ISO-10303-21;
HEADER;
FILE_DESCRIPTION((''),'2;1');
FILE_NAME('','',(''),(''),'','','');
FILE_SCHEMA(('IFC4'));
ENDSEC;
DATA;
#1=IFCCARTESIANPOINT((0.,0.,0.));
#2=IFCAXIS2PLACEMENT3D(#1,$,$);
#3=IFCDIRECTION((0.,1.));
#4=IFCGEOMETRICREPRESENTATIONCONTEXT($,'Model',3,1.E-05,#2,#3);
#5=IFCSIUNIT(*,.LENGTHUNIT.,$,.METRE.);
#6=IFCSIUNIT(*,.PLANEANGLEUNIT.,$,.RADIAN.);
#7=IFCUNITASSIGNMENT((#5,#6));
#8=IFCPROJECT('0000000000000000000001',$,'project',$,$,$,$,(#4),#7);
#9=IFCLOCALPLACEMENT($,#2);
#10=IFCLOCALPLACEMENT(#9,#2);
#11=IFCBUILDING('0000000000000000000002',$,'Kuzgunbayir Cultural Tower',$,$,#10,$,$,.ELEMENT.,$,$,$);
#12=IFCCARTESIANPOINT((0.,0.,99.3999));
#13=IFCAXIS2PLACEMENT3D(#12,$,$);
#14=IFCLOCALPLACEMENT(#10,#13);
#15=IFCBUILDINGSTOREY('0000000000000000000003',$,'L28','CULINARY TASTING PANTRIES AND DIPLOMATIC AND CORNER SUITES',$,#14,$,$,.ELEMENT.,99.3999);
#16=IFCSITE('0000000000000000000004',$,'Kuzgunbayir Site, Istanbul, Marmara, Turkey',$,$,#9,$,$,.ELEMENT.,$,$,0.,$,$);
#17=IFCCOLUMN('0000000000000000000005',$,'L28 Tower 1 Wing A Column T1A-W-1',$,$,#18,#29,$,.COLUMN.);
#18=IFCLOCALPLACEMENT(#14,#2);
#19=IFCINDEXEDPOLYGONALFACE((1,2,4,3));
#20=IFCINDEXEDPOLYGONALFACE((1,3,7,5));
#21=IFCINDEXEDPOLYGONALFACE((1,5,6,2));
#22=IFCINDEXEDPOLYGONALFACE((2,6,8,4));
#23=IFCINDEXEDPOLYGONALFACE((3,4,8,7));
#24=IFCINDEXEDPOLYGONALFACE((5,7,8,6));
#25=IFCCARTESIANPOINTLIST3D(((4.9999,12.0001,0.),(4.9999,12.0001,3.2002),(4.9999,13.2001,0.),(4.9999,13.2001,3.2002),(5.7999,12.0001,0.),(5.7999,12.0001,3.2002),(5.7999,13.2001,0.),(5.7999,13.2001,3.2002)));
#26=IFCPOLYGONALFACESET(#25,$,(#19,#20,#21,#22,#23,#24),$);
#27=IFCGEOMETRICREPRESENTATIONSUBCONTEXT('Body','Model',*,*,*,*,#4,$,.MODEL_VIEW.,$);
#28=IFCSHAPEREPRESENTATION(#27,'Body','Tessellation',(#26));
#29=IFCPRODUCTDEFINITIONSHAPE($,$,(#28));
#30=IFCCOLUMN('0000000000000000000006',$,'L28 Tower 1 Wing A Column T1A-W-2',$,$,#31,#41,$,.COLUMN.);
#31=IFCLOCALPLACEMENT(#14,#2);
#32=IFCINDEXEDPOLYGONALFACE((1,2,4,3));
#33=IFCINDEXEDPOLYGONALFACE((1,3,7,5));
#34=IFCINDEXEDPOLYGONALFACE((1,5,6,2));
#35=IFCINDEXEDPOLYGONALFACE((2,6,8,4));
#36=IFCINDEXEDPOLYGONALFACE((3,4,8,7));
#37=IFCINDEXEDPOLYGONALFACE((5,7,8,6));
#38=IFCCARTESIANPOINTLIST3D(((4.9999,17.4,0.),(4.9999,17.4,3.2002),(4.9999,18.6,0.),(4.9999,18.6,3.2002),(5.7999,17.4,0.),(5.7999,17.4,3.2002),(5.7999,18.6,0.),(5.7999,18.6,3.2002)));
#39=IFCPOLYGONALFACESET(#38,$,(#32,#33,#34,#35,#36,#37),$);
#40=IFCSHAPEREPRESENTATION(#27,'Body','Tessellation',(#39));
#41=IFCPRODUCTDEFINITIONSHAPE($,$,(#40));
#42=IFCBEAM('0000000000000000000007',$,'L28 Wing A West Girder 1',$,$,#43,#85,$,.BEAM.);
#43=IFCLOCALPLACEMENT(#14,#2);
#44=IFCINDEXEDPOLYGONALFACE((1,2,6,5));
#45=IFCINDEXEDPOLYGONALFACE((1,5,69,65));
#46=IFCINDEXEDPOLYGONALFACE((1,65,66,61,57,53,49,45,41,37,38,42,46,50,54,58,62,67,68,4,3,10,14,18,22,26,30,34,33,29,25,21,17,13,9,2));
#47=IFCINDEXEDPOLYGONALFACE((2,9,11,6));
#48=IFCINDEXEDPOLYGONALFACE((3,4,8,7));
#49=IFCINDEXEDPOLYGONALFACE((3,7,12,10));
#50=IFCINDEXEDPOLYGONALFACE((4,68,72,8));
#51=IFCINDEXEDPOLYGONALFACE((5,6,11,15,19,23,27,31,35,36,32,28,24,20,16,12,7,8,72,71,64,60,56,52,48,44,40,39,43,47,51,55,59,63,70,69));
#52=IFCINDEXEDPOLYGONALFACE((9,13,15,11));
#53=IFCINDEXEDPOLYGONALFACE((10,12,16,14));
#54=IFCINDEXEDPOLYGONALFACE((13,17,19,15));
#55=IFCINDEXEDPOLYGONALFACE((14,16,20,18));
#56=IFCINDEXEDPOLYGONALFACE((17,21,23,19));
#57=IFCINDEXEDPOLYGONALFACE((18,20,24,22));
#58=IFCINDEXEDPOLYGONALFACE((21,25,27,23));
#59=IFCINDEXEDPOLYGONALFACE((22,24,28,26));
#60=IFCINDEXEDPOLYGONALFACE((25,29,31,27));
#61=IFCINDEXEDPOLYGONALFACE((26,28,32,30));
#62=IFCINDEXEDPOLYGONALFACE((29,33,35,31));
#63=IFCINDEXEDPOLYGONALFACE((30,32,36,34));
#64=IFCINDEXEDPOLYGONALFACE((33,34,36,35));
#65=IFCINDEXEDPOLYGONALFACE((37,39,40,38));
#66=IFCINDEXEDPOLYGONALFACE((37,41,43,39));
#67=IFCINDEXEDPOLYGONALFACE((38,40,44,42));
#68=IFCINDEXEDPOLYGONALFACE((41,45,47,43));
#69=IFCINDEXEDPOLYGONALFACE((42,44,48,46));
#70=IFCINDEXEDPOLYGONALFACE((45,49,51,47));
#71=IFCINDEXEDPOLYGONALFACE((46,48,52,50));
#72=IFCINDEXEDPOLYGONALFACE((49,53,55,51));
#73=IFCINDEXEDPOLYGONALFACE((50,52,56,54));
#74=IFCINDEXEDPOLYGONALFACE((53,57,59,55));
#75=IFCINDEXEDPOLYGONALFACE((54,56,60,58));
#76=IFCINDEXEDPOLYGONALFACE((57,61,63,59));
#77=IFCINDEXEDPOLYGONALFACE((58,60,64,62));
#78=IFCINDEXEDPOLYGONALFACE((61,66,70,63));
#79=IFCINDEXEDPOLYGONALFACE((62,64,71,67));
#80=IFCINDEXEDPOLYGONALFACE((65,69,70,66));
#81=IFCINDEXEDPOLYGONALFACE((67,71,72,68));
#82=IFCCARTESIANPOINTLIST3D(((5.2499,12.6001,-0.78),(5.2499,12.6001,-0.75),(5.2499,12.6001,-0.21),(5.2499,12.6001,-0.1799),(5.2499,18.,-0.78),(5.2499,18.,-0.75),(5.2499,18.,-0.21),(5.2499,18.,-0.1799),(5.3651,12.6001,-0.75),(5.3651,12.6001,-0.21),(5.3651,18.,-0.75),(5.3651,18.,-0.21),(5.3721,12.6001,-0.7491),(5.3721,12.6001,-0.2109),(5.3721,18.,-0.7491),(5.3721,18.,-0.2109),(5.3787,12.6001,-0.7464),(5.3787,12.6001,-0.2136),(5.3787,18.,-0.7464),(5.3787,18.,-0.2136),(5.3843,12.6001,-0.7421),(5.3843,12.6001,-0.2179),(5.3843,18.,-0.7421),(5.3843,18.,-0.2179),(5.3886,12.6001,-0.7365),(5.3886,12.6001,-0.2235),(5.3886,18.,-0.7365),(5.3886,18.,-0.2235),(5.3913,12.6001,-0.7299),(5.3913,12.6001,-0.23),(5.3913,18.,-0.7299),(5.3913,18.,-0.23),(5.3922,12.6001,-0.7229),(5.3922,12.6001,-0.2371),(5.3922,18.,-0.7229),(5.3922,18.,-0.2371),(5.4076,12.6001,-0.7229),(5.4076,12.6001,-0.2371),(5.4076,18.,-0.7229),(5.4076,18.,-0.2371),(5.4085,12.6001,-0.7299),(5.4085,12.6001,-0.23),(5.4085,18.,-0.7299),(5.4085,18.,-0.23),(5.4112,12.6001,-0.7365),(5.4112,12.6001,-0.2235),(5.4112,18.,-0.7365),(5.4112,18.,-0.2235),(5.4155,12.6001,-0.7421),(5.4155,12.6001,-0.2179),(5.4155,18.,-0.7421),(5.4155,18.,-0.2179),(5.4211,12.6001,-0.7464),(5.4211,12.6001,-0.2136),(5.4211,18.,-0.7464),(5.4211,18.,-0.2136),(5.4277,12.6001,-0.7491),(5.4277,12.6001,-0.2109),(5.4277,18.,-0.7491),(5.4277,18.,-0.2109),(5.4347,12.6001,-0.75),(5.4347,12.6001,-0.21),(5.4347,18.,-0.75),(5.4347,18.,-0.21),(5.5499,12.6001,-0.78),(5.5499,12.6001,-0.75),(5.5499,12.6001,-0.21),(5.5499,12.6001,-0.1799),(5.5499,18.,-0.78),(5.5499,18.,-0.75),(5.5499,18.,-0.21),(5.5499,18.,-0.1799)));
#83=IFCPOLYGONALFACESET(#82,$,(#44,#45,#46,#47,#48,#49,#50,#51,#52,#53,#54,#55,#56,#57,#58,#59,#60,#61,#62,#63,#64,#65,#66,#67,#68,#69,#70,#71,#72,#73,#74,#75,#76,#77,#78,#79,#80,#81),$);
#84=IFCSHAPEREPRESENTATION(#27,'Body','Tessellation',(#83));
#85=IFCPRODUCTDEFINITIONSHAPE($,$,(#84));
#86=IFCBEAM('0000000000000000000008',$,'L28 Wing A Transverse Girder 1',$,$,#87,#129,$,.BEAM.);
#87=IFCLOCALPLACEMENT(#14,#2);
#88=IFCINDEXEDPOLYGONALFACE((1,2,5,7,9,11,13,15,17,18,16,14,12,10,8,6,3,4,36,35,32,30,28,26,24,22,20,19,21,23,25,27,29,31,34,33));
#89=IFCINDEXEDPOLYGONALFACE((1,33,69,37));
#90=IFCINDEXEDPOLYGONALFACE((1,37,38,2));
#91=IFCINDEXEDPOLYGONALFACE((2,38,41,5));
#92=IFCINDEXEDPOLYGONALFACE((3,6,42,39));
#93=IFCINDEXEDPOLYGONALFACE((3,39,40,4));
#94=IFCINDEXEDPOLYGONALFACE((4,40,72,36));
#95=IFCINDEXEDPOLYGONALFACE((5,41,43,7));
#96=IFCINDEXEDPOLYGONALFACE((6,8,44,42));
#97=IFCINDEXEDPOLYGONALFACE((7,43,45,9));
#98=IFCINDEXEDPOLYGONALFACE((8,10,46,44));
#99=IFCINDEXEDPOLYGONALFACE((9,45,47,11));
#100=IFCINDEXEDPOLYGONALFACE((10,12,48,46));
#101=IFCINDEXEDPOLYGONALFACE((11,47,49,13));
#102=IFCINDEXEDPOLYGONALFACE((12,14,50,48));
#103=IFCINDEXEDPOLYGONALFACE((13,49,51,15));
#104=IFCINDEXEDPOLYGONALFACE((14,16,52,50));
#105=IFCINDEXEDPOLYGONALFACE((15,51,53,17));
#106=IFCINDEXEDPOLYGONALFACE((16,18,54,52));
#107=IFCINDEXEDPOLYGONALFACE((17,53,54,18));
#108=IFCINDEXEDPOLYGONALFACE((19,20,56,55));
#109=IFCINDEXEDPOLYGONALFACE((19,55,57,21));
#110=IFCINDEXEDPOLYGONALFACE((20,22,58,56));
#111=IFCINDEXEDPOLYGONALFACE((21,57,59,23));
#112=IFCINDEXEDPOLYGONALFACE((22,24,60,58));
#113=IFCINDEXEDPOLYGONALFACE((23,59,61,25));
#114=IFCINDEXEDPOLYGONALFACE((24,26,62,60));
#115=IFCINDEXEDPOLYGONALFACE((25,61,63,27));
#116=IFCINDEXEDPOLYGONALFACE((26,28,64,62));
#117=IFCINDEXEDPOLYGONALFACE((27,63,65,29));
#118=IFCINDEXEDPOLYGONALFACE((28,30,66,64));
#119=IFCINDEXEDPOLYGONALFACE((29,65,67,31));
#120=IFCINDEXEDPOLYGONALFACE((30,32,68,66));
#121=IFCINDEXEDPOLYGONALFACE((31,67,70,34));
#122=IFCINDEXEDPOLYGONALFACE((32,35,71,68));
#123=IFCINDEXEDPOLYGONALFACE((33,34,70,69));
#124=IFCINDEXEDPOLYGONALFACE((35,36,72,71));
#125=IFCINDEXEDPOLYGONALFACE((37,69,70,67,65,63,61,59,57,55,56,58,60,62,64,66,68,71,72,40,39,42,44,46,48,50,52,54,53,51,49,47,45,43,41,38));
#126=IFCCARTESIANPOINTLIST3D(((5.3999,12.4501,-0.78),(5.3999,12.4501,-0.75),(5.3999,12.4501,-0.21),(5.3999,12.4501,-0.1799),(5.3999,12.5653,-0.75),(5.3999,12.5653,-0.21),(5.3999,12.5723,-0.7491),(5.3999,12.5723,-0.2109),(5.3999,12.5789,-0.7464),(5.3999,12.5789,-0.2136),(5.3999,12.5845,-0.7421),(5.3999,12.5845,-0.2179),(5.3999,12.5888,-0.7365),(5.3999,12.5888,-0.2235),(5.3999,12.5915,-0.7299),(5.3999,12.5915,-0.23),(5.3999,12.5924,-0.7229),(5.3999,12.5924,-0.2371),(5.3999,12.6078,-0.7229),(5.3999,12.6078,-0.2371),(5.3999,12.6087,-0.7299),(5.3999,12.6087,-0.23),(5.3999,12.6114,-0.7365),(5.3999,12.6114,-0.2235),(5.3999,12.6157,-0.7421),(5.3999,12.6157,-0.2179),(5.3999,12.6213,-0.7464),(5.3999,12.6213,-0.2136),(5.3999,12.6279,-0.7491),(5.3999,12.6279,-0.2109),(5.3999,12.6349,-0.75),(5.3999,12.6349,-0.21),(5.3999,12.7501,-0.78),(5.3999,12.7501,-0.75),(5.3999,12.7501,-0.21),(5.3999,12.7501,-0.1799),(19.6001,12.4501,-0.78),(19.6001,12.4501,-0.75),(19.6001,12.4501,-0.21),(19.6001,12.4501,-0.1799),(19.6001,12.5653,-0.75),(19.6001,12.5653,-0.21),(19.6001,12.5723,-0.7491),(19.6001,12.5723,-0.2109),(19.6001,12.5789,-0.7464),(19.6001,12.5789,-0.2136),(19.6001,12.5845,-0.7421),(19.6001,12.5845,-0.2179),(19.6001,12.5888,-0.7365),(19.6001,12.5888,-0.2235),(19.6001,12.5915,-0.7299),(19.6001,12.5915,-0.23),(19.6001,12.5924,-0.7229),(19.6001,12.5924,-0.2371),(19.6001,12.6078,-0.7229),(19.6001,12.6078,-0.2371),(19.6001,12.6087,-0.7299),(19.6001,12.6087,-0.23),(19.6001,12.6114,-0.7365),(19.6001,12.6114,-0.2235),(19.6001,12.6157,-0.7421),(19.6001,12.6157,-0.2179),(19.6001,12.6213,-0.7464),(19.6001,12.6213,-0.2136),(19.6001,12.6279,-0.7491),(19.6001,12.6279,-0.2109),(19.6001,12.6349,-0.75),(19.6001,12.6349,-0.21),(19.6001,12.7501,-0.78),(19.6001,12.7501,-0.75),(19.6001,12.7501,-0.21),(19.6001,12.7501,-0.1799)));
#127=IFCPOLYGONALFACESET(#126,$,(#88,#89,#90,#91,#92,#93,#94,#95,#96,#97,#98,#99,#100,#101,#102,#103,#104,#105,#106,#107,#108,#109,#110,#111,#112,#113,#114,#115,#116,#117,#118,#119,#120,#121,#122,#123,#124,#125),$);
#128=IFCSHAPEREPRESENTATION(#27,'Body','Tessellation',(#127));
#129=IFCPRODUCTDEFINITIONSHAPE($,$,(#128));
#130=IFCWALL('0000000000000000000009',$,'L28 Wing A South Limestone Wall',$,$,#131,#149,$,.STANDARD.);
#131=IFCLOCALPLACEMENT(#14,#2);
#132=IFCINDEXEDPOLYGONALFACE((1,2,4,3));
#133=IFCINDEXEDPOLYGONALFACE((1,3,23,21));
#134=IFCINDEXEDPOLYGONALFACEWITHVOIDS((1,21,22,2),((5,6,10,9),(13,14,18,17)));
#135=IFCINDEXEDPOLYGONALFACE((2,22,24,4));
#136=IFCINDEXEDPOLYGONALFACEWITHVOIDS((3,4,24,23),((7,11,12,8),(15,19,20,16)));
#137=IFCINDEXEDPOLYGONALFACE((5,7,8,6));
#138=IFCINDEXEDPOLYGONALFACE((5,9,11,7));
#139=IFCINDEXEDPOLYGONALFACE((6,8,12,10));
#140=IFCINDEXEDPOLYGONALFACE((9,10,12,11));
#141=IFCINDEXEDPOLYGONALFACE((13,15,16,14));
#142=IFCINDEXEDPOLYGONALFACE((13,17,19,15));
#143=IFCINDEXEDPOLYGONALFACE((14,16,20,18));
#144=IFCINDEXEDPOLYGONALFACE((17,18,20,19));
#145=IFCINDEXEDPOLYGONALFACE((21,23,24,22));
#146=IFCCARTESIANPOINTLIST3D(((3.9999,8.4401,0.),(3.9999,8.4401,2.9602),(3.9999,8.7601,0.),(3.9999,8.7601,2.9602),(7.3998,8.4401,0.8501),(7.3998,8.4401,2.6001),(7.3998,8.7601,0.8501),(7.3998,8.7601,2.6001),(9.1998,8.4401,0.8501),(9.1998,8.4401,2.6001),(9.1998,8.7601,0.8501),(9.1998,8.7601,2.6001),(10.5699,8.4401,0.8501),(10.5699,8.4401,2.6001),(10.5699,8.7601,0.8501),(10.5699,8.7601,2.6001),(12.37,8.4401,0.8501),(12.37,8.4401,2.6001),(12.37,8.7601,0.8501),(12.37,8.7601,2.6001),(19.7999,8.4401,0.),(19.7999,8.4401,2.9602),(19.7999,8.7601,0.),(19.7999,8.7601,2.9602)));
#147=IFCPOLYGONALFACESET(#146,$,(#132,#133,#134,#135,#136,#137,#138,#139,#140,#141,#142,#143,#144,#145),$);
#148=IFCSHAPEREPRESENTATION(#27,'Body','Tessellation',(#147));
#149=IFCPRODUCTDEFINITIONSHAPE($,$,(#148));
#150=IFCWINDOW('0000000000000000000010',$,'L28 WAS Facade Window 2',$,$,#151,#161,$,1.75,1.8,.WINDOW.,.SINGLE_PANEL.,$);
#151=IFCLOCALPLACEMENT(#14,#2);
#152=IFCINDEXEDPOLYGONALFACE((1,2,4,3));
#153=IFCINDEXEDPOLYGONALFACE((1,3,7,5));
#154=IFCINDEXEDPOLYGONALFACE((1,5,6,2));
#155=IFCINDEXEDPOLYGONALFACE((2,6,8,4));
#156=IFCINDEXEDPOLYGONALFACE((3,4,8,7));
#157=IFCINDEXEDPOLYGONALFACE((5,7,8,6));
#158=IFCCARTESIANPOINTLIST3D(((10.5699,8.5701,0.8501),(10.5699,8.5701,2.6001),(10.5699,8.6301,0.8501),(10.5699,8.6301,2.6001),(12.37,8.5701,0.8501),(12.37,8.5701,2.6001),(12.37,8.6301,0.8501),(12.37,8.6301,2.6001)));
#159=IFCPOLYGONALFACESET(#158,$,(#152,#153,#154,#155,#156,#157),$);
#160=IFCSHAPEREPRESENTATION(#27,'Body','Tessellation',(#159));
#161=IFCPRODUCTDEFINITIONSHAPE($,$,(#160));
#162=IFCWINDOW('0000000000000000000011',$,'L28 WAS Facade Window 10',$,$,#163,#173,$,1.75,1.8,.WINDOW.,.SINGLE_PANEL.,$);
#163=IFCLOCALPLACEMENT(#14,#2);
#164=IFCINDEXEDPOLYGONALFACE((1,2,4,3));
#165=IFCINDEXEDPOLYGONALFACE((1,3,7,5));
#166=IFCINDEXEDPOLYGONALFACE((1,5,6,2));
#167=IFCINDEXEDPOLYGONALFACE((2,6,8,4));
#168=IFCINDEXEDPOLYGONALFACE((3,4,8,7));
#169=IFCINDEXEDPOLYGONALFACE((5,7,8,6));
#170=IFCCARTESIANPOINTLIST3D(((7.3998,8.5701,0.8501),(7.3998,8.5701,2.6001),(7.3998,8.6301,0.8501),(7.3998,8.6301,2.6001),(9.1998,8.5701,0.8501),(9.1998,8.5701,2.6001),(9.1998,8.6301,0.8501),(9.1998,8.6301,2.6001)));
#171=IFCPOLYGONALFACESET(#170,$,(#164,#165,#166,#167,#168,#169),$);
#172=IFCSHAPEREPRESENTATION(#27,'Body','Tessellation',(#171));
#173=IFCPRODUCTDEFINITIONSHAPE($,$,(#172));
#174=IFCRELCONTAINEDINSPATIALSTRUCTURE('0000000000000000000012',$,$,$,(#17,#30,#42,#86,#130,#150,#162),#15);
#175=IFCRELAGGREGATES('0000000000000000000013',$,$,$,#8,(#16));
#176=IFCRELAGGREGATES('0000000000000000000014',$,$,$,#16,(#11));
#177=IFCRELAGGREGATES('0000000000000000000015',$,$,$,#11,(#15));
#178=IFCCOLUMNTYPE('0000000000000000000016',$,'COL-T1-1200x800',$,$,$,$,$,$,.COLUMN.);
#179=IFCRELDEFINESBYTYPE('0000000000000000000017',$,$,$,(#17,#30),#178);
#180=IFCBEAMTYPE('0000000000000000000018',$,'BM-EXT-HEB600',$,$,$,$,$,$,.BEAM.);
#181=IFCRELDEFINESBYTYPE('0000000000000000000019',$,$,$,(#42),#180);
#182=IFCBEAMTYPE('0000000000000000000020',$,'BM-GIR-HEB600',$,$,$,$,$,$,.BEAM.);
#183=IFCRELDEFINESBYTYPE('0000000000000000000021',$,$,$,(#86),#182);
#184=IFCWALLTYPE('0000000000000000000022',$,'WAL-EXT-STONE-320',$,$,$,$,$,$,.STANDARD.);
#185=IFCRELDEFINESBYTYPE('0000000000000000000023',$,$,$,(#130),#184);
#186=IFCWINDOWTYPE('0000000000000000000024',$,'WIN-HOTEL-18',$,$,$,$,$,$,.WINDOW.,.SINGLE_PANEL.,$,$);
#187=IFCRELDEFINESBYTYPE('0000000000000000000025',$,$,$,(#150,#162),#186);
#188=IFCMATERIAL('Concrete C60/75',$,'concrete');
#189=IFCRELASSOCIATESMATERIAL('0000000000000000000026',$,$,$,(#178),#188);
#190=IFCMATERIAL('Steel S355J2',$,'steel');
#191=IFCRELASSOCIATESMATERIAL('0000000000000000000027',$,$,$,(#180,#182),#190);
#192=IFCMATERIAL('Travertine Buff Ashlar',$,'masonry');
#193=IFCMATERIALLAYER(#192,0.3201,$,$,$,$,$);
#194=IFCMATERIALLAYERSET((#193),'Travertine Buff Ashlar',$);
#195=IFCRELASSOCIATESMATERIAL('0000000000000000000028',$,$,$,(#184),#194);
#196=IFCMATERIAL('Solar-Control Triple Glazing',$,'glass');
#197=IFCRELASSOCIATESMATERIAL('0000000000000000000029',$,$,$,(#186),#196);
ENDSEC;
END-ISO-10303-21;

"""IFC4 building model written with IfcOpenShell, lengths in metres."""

from ifc_helpers import new_model, si_unit, direction, frame, frame_2d, origin, origin_2d, place, context, subcontext, project, spatial, rectangle, i_section, extrude, material, layer, layer_set, material_profile, profile_set, type_object, element, fill, save


model = new_model("IFC4")

# Units and contexts
model_context = context("Model", 3, precision=1e-05, world=origin(), true_north=direction((0.0, 1.0)))
body_context = subcontext(model_context, "Body", "Model", "MODEL_VIEW")
ifc_project = project(units=[si_unit("LENGTHUNIT", "METRE"), si_unit("PLANEANGLEUNIT", "RADIAN")], contexts=[model_context])

# Site, building, storey
site_placement = place(None, origin())
site = spatial("IfcSite", under=ifc_project, at=site_placement, Name="Kuzgunbayir Site, Istanbul, Marmara, Turkey", CompositionType="ELEMENT", RefElevation=0.0)
building_placement = place(site_placement, origin())
building = spatial("IfcBuilding", under=site, at=building_placement, Name="Kuzgunbayir Cultural Tower", CompositionType="ELEMENT")
storey_placement = place(building_placement, frame((0.0, 0.0, 99.3999)))
storey = spatial("IfcBuildingStorey", under=building, at=storey_placement, Name="L28", Description="CULINARY TASTING PANTRIES AND DIPLOMATIC AND CORNER SUITES", CompositionType="ELEMENT", Elevation=99.3999)

# Columns
ifc_material_1 = material(Name="Concrete C60/75", Category="concrete")
ifc_material_profile_1 = material_profile(ifc_material_1, rectangle(XDim=0.8, YDim=1.2, at=origin_2d()), Name="RC 1200x800")
ifc_profile_set_1 = profile_set([ifc_material_profile_1], Name="Concrete C60/75")
column_type = type_object("IfcColumnType", Name="COL-T1-1200x800", PredefinedType="COLUMN", material=ifc_profile_set_1)
for number, where, z_axis, x_axis, name in (
    (1, (5.3999, 12.6001, 0.0), (0.0, 0.0, 1.0), (1.0, 0.0, 0.0), "L28 Tower 1 Wing A Column T1A-W-1"),
    (2, (5.3999, 18.0, 0.0), (0.0, 0.0, 1.0), (1.0, 0.0, 0.0), "L28 Tower 1 Wing A Column T1A-W-2"),
):
    element("IfcColumn", number, at=place(storey_placement, frame(where, z_axis=z_axis, x_axis=x_axis)), inside=storey, type_object=column_type, Name=name, PredefinedType="COLUMN", context=body_context, shape_type="SweptSolid", body=[
        extrude(rectangle(XDim=0.8, YDim=1.2, at=origin_2d()), origin(), (0.0, 0.0, 1.0), 3.2002),
    ])

# Beams
ifc_material_2 = material(Name="Steel S355J2", Category="steel")
ifc_material_profile_2 = material_profile(ifc_material_2, i_section(OverallWidth=0.3, OverallDepth=0.6001, WebThickness=0.0154, FlangeThickness=0.03, FilletRadius=0.0271, at=origin_2d()), Name="HEB 600")
ifc_profile_set_2 = profile_set([ifc_material_profile_2], Name="Steel S355J2")
beam_type_1 = type_object("IfcBeamType", Name="BM-EXT-HEB600", PredefinedType="BEAM", material=ifc_profile_set_2)
beam_1_placement = place(storey_placement, frame((5.3999, 12.6001, -0.48), z_axis=(0.0, 1.0, 0.0), x_axis=(-1.0, 0.0, 0.0)))
element("IfcBeam", 3, at=beam_1_placement, inside=storey, type_object=beam_type_1, Name="L28 Wing A West Girder 1", PredefinedType="BEAM", context=body_context, shape_type="SweptSolid", body=[
    extrude(i_section(OverallWidth=0.3, OverallDepth=0.6001, WebThickness=0.0154, FlangeThickness=0.03, FilletRadius=0.0271, at=origin_2d()), origin(), (0.0, 0.0, 1.0), 5.3999),
])
ifc_material_profile_3 = material_profile(ifc_material_2, i_section(OverallWidth=0.3, OverallDepth=0.6001, WebThickness=0.0154, FlangeThickness=0.03, FilletRadius=0.0271, at=origin_2d()), Name="HEB 600")
ifc_profile_set_3 = profile_set([ifc_material_profile_3], Name="Steel S355J2")
beam_type_2 = type_object("IfcBeamType", Name="BM-GIR-HEB600", PredefinedType="BEAM", material=ifc_profile_set_3)
beam_2_placement = place(storey_placement, frame((5.3999, 12.6001, -0.48), z_axis=(1.0, 0.0, 0.0), x_axis=(0.0, 1.0, 0.0)))
element("IfcBeam", 4, at=beam_2_placement, inside=storey, type_object=beam_type_2, Name="L28 Wing A Transverse Girder 1", PredefinedType="BEAM", context=body_context, shape_type="SweptSolid", body=[
    extrude(i_section(OverallWidth=0.3, OverallDepth=0.6001, WebThickness=0.0154, FlangeThickness=0.03, FilletRadius=0.0271, at=origin_2d()), origin(), (0.0, 0.0, 1.0), 14.2002),
])

# Wall, openings, windows
ifc_material_3 = material(Name="Travertine Buff Ashlar", Category="masonry")
ifc_layer_1 = layer(ifc_material_3, 0.3201)
ifc_layer_set_1 = layer_set([ifc_layer_1], Name="Travertine Buff Ashlar")
wall_type_1 = type_object("IfcWallType", Name="WAL-EXT-STONE-320", PredefinedType="STANDARD", material=ifc_layer_set_1)
wall_1_placement = place(storey_placement, frame((4.0, 8.6001, 0.0), z_axis=(0.0, 0.0, 1.0), x_axis=(1.0, 0.0, 0.0)))
wall_1 = element("IfcWall", 5, at=wall_1_placement, inside=storey, type_object=wall_type_1, Name="L28 Wing A South Limestone Wall", PredefinedType="STANDARD", context=body_context, shape_type="SweptSolid", body=[
    extrude(rectangle(XDim=15.8, YDim=0.3201, at=frame_2d((7.8999, 0.0))), origin(), (0.0, 0.0, 1.0), 2.9602),
])
opening_1_placement = place(wall_1_placement, frame((6.5701, 0.0, 0.8501)))
opening_1 = element("IfcOpeningElement", 6, at=opening_1_placement, cuts=wall_1, PredefinedType="OPENING", context=body_context, shape_type="SweptSolid", body=[
    extrude(rectangle(XDim=1.8, YDim=1.75, at=frame_2d((0.8999, 0.875))), frame((0.0, 0.1699, 0.0), z_axis=(0.0, -1.0, 0.0), x_axis=(1.0, 0.0, 0.0)), (0.0, 0.0, 1.0), 0.3401),
])
opening_2_placement = place(wall_1_placement, frame((3.3999, 0.0, 0.8501)))
opening_2 = element("IfcOpeningElement", 7, at=opening_2_placement, cuts=wall_1, PredefinedType="OPENING", context=body_context, shape_type="SweptSolid", body=[
    extrude(rectangle(XDim=1.8, YDim=1.75, at=frame_2d((0.8999, 0.875))), frame((0.0, 0.1699, 0.0), z_axis=(0.0, -1.0, 0.0), x_axis=(1.0, 0.0, 0.0)), (0.0, 0.0, 1.0), 0.3401),
])
ifc_material_4 = material(Name="Solar-Control Triple Glazing", Category="glass")
window_type = type_object("IfcWindowType", Name="WIN-HOTEL-18", PartitioningType="SINGLE_PANEL", PredefinedType="WINDOW", material=ifc_material_4)
window_1_placement = place(opening_1_placement, origin())
window_1 = element("IfcWindow", 8, at=window_1_placement, inside=storey, type_object=window_type, Name="L28 WAS Facade Window 2", OverallHeight=1.75, OverallWidth=1.8, PartitioningType="SINGLE_PANEL", PredefinedType="WINDOW", context=body_context, shape_type="SweptSolid", body=[
    extrude(rectangle(XDim=1.8, YDim=1.75, at=frame_2d((0.8999, 0.875))), frame((0.0, 0.03, 0.0), z_axis=(0.0, -1.0, 0.0), x_axis=(1.0, 0.0, 0.0)), (0.0, 0.0, 1.0), 0.0601),
])
fill(opening_1, window_1)
window_2_placement = place(opening_2_placement, origin())
window_2 = element("IfcWindow", 9, at=window_2_placement, inside=storey, type_object=window_type, Name="L28 WAS Facade Window 10", OverallHeight=1.75, OverallWidth=1.8, PartitioningType="SINGLE_PANEL", PredefinedType="WINDOW", context=body_context, shape_type="SweptSolid", body=[
    extrude(rectangle(XDim=1.8, YDim=1.75, at=frame_2d((0.8999, 0.875))), frame((0.0, 0.03, 0.0), z_axis=(0.0, -1.0, 0.0), x_axis=(1.0, 0.0, 0.0)), (0.0, 0.0, 1.0), 0.0601),
])
fill(opening_2, window_2)

save(model, "model.ifc")
